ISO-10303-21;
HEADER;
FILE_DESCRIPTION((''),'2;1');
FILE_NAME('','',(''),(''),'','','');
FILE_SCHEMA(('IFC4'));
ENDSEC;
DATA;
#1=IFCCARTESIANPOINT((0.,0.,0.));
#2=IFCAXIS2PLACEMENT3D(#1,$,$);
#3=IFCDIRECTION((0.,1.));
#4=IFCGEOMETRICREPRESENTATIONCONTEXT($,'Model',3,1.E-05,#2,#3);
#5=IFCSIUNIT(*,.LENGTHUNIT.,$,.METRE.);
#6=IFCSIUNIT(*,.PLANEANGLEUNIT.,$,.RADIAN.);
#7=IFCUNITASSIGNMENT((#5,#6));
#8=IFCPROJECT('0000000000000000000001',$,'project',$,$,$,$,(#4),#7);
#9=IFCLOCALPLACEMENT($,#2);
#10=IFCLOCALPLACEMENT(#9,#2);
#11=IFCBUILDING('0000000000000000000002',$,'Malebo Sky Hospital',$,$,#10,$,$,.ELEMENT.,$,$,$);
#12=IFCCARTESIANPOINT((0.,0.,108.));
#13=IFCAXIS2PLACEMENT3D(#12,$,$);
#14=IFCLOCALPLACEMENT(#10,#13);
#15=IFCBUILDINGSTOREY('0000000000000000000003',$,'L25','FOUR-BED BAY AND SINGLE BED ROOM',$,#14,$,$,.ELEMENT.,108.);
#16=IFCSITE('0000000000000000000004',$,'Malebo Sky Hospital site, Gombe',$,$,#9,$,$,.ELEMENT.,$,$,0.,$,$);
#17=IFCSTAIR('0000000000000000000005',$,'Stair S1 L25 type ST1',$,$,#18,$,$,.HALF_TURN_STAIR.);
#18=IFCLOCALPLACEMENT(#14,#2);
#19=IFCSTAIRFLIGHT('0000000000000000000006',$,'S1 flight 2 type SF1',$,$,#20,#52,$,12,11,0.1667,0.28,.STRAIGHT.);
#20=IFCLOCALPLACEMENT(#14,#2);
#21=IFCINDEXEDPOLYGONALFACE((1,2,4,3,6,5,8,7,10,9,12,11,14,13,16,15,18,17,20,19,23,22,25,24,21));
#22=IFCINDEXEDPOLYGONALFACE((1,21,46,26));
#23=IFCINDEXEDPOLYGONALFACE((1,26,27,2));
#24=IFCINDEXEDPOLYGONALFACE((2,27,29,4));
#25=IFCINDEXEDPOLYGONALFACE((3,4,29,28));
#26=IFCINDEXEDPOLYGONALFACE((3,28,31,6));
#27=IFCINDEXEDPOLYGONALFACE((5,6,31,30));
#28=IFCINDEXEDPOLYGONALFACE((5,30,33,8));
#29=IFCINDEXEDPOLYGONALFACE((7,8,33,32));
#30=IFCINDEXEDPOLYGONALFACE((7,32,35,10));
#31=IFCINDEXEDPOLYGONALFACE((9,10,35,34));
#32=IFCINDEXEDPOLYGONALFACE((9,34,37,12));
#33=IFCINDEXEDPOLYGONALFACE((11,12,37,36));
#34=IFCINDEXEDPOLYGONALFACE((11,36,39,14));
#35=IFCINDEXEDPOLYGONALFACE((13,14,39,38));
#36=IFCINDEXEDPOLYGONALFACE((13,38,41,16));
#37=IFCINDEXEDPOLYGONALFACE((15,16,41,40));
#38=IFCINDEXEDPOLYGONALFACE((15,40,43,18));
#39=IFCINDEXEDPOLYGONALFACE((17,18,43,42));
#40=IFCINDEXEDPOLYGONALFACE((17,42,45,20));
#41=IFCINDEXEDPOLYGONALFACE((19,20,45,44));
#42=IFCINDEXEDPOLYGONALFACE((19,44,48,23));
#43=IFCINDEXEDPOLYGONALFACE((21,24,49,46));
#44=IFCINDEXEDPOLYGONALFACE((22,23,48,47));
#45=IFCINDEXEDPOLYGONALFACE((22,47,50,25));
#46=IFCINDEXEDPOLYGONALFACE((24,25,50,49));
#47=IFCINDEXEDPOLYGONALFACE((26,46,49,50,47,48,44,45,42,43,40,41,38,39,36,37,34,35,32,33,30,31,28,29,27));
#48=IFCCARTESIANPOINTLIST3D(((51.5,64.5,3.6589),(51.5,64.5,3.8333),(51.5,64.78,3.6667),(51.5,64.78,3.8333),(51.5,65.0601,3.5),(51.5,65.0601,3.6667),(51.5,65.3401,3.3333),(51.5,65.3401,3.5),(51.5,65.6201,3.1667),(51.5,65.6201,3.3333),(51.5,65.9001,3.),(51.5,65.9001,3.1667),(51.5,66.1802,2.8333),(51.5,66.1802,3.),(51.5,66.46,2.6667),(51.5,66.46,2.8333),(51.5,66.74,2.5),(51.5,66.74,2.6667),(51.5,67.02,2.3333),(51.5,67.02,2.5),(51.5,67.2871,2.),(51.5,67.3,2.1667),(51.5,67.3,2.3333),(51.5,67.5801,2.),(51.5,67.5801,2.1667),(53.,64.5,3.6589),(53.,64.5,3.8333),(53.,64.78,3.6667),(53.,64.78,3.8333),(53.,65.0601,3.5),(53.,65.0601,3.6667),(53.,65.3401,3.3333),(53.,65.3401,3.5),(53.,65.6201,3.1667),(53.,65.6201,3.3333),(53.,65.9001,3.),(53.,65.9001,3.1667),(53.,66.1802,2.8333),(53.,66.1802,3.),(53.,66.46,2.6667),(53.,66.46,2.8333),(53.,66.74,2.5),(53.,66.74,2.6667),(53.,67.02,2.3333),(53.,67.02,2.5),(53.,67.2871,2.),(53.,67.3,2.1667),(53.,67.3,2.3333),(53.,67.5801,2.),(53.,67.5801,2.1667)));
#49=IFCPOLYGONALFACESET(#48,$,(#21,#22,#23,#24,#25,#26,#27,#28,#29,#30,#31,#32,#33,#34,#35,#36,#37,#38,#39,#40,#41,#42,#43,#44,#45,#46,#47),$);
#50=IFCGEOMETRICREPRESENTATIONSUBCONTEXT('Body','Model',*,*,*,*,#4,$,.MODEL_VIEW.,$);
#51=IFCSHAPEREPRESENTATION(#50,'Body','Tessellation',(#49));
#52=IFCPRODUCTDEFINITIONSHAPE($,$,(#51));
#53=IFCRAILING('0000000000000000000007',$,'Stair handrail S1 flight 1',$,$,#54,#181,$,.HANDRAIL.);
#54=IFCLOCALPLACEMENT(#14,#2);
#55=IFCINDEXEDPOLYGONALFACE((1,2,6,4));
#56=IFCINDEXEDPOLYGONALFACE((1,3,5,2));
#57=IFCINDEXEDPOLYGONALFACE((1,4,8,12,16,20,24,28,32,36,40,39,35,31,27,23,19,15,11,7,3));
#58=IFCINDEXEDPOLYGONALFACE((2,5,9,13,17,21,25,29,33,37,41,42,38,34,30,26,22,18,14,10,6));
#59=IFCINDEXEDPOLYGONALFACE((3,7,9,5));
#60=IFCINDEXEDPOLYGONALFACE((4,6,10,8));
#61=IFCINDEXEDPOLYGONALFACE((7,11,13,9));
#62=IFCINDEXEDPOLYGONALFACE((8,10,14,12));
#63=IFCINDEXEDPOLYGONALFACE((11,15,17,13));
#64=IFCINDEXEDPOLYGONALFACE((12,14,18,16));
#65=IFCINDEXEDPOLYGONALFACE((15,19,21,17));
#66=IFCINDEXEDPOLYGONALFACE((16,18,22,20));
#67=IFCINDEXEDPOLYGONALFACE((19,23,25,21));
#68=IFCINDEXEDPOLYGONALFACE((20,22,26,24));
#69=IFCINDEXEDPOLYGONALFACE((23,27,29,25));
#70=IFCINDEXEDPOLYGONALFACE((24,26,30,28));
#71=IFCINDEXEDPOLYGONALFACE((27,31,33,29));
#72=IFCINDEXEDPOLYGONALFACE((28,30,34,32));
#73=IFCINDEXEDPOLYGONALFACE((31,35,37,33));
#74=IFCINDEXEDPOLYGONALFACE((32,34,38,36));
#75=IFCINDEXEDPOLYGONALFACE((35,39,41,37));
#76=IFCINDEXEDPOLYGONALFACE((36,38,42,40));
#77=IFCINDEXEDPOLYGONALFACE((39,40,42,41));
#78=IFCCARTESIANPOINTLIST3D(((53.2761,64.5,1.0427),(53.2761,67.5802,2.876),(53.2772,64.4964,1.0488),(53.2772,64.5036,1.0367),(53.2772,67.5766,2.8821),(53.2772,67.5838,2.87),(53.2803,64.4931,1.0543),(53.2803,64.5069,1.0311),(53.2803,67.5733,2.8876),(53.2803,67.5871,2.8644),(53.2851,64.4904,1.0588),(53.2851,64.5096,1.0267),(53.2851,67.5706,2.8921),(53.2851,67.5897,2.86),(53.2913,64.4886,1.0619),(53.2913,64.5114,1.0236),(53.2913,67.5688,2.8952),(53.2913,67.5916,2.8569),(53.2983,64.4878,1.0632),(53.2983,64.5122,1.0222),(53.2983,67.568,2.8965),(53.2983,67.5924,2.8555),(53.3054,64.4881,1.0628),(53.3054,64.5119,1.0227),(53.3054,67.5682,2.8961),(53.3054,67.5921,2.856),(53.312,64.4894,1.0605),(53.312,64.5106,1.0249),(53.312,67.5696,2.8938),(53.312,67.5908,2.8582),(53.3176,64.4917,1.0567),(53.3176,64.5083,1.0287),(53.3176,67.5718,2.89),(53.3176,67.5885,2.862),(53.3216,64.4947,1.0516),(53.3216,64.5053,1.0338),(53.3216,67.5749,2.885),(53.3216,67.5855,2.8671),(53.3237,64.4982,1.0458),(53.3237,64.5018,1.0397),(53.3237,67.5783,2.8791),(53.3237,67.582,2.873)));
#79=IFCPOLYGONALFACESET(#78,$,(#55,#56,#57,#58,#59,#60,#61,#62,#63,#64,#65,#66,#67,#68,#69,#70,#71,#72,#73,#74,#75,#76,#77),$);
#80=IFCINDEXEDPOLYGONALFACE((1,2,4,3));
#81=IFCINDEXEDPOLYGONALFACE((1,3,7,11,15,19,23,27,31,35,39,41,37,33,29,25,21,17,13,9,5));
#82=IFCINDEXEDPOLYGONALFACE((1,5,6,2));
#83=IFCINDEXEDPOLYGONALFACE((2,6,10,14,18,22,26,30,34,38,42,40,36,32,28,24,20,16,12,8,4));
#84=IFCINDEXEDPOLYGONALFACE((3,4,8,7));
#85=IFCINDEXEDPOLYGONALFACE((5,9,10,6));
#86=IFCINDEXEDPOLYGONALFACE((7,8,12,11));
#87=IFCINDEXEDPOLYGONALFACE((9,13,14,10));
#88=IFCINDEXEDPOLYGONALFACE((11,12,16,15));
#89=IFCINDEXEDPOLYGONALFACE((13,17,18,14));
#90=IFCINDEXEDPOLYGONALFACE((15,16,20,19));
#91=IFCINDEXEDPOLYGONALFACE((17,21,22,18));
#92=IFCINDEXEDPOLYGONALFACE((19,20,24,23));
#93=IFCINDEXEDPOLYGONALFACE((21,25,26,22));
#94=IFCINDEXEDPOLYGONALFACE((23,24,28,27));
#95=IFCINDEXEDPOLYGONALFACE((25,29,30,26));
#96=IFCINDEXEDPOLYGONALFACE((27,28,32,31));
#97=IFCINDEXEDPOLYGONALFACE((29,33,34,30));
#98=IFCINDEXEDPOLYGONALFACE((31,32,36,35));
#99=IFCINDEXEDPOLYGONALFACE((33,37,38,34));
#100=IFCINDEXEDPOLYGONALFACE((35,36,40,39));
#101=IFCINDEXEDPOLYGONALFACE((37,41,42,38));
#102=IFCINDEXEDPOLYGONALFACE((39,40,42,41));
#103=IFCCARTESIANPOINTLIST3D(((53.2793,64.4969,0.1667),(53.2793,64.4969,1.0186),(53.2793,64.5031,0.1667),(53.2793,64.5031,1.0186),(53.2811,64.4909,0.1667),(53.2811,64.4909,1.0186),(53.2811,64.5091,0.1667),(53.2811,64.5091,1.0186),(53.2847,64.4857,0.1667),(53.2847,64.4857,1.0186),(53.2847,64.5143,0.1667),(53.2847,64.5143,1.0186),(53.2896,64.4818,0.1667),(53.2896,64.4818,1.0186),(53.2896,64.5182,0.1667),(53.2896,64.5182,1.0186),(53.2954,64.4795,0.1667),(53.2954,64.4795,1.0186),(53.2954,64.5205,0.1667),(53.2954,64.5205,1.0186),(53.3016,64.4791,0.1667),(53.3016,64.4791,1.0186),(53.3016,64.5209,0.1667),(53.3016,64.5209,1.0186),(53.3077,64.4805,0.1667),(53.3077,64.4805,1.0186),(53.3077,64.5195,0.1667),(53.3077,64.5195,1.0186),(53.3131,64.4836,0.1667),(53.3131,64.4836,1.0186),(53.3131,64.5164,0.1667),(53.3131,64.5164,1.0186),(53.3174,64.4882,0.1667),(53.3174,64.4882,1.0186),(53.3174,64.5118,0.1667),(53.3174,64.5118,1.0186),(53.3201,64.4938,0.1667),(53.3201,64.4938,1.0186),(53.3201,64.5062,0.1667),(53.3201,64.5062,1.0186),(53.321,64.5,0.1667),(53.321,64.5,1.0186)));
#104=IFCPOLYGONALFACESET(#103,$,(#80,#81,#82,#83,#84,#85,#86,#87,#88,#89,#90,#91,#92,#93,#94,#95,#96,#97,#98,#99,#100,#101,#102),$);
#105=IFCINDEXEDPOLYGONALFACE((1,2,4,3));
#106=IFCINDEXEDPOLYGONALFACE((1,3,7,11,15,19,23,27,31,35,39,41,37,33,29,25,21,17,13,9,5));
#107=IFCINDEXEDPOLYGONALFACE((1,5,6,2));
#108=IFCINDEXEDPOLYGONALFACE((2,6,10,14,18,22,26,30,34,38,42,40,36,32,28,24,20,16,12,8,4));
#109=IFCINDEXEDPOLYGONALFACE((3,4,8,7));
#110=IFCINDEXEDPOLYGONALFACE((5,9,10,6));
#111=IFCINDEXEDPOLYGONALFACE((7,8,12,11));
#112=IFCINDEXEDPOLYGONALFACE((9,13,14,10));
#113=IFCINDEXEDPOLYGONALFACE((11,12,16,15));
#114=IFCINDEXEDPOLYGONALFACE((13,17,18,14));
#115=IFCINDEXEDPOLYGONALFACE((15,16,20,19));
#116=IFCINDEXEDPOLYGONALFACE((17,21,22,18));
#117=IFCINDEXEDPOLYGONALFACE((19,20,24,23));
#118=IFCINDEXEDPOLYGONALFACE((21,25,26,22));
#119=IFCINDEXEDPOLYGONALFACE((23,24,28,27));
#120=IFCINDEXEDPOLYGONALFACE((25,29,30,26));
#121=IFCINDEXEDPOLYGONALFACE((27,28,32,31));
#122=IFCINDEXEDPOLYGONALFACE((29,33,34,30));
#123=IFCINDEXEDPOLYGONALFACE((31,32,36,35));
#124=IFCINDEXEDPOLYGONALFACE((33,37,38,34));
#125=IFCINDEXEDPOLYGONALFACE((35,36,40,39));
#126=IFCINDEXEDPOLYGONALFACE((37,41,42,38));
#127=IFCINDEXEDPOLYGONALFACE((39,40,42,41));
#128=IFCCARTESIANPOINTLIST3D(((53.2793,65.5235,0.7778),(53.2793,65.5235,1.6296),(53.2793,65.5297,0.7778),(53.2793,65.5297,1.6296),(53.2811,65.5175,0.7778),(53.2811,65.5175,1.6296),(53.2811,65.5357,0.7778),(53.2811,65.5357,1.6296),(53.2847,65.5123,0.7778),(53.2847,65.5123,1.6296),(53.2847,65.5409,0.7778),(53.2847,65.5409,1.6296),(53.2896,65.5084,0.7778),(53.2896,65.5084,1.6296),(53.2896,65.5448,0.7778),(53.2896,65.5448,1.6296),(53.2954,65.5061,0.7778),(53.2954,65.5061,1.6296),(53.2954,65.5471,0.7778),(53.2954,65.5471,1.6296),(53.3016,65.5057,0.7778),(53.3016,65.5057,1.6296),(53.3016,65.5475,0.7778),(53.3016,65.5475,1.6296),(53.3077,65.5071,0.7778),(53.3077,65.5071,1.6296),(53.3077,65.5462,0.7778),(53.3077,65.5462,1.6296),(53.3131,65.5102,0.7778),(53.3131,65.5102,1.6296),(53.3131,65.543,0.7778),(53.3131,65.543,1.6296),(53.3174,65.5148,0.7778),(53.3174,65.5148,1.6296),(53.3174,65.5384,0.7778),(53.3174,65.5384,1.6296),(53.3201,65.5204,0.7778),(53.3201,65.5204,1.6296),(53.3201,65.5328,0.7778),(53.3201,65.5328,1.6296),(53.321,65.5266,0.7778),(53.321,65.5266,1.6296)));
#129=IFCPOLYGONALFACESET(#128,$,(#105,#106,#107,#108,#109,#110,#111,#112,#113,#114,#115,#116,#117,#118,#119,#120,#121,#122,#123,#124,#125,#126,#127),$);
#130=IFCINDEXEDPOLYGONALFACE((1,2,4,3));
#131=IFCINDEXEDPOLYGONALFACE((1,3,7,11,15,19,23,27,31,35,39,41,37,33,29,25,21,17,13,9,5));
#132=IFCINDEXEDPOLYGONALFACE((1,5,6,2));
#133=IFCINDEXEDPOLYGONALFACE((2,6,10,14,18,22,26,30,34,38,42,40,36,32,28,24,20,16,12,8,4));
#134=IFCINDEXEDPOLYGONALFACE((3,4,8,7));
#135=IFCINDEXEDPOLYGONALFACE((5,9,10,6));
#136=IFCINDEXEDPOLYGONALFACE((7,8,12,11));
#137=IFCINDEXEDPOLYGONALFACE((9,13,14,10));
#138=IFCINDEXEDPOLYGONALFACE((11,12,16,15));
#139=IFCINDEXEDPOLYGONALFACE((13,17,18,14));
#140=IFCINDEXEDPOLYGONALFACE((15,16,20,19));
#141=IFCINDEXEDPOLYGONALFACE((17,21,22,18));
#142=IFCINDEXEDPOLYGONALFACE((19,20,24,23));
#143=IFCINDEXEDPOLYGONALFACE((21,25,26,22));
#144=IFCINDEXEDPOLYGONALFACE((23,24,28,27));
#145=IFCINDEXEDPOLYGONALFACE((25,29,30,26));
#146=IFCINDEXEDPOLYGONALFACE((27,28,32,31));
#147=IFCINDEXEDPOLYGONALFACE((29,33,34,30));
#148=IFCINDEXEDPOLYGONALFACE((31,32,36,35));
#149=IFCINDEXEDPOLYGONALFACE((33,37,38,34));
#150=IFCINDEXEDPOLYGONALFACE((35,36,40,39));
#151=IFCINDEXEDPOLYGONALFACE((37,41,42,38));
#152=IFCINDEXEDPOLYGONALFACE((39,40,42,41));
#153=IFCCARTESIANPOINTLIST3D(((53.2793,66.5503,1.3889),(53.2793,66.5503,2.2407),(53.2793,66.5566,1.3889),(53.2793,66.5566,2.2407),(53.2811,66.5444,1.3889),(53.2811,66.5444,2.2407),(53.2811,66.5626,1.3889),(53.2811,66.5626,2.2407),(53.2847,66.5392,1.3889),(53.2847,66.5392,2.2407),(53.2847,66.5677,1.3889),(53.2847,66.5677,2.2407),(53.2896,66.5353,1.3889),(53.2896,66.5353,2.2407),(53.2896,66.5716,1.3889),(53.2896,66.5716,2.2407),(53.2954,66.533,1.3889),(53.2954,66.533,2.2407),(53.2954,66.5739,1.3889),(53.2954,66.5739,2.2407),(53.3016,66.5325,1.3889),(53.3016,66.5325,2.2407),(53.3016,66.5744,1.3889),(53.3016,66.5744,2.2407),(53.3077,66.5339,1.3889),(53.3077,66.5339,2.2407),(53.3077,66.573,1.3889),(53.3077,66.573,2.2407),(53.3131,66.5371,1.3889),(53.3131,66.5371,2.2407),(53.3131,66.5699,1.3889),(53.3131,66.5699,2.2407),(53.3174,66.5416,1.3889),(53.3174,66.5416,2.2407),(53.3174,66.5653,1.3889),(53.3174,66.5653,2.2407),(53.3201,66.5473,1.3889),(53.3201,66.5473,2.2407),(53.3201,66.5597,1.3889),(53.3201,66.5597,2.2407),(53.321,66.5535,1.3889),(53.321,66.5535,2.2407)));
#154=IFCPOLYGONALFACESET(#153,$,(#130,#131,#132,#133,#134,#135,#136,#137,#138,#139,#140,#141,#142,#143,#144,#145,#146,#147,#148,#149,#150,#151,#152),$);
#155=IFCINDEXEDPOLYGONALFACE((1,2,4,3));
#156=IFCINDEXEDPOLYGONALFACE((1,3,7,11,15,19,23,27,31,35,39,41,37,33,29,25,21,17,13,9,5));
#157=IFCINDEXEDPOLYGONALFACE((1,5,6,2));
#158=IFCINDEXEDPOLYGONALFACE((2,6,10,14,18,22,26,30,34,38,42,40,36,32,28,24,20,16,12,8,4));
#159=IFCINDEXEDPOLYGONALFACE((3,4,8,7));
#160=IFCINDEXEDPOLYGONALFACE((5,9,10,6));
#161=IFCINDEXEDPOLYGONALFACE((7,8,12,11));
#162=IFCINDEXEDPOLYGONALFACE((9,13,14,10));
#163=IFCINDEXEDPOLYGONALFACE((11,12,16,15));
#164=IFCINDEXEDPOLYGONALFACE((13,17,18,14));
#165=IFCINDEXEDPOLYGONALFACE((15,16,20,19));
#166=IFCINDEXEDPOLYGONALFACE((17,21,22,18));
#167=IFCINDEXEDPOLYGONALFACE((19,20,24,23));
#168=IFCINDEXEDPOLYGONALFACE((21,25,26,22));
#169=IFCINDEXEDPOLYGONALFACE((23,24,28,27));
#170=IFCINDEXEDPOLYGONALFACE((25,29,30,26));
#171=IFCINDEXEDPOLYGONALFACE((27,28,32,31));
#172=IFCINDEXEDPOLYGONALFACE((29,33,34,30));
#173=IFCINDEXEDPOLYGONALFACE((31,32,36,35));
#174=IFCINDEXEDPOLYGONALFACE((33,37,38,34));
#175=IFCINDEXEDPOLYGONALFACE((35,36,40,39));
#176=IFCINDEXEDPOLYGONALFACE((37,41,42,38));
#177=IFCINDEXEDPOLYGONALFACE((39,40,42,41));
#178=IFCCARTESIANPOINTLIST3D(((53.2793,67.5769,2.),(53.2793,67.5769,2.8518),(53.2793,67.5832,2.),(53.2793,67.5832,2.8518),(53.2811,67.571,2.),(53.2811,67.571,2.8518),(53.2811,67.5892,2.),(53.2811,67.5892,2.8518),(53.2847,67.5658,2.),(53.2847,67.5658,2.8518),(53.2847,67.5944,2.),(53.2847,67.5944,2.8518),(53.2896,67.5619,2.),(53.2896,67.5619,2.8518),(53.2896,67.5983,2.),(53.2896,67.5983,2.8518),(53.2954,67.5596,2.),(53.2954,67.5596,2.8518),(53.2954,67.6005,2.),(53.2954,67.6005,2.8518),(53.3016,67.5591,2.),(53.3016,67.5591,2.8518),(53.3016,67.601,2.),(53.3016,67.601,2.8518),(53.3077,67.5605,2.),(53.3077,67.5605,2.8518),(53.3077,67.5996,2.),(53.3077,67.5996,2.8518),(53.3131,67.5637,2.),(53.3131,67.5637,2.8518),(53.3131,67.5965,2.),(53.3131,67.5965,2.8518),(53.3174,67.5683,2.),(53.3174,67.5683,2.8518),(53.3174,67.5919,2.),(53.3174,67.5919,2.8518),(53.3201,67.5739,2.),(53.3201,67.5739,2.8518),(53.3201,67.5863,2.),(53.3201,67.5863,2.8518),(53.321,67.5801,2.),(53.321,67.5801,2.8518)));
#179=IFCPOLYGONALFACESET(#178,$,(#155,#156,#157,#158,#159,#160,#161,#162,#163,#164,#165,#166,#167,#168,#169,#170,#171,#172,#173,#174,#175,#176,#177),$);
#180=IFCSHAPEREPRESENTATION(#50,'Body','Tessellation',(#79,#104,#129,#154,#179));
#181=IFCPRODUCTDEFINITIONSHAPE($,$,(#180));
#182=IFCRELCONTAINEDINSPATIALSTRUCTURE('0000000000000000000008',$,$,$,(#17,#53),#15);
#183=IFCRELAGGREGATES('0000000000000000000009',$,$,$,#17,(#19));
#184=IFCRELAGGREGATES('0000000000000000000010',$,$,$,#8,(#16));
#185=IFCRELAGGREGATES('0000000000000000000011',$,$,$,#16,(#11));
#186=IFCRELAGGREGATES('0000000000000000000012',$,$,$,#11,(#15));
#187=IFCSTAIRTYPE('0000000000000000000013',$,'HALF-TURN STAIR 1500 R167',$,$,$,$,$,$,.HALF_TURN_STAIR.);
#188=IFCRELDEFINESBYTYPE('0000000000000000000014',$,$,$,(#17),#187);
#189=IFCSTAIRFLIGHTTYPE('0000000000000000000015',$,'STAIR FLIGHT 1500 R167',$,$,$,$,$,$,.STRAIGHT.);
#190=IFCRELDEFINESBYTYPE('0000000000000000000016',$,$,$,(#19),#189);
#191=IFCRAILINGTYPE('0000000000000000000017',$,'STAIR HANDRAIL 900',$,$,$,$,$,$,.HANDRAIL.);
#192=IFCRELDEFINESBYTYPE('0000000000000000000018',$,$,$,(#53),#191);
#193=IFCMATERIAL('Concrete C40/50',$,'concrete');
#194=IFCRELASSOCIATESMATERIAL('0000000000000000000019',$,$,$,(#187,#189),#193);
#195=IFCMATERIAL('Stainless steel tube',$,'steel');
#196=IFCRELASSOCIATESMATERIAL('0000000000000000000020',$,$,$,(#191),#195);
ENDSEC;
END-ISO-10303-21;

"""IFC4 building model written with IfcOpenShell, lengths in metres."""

from ifc_helpers import new_model, si_unit, direction, frame, origin, origin_2d, place, context, subcontext, project, spatial, polyline, circle, outline, extrude, material, type_object, element, aggregate, save


model = new_model("IFC4")

# Units and contexts
model_context = context("Model", 3, precision=1e-05, world=origin(), true_north=direction((0.0, 1.0)))
body_context = subcontext(model_context, "Body", "Model", "MODEL_VIEW")
ifc_project = project(units=[si_unit("LENGTHUNIT", "METRE"), si_unit("PLANEANGLEUNIT", "RADIAN")], contexts=[model_context])

# Site, building, storey
site_placement = place(None, origin())
site = spatial("IfcSite", under=ifc_project, at=site_placement, Name="Malebo Sky Hospital site, Gombe", CompositionType="ELEMENT", RefElevation=0.0)
building_placement = place(site_placement, origin())
building = spatial("IfcBuilding", under=site, at=building_placement, Name="Malebo Sky Hospital", CompositionType="ELEMENT")
storey_placement = place(building_placement, frame((0.0, 0.0, 108.0)))
storey = spatial("IfcBuildingStorey", under=building, at=storey_placement, Name="L25", Description="FOUR-BED BAY AND SINGLE BED ROOM", CompositionType="ELEMENT", Elevation=108.0)

# Stair, stair flight
ifc_material_1 = material(Name="Concrete C40/50", Category="concrete")
stair_type = type_object("IfcStairType", Name="HALF-TURN STAIR 1500 R167", PredefinedType="HALF_TURN_STAIR", material=ifc_material_1)
stair_placement = place(storey_placement, origin())
stair = element("IfcStair", 1, at=stair_placement, inside=storey, type_object=stair_type, Name="Stair S1 L25 type ST1", PredefinedType="HALF_TURN_STAIR")
stair_flight_type = type_object("IfcStairFlightType", Name="STAIR FLIGHT 1500 R167", PredefinedType="STRAIGHT", material=ifc_material_1)
stair_flight_1_placement = place(storey_placement, frame((52.25, 67.5801, 2.0), z_axis=(0.0, 0.0, 1.0), x_axis=(0.0, -1.0, 0.0)))
stair_flight_1 = element("IfcStairFlight", 2, at=stair_flight_1_placement, type_object=stair_flight_type, Name="S1 flight 2 type SF1", NumberOfRisers=12, NumberOfTreads=11, PredefinedType="STRAIGHT", RiserHeight=0.1667, TreadLength=0.28, context=body_context, shape_type="SweptSolid", body=[
    extrude(outline(polyline([(0.0, 0.0), (0.0, 0.1667), (0.28, 0.1667), (0.28, 0.3333), (0.5601, 0.3333), (0.5601, 0.5), (0.8401, 0.5), (0.8401, 0.6667), (1.1201, 0.6667), (1.1201, 0.8333), (1.3999, 0.8333), (1.3999, 1.0), (1.6799, 1.0), (1.6799, 1.1667), (1.96, 1.1667), (1.96, 1.3333), (2.24, 1.3333), (2.24, 1.5), (2.52, 1.5), (2.52, 1.6667), (2.8, 1.6667), (2.8, 1.8333), (3.0801, 1.8333), (3.0801, 2.0), (3.0801, 1.6589), (0.293, 0.0), (0.0, 0.0)])), frame((0.0, 0.75, 0.0), z_axis=(0.0, -1.0, 0.0), x_axis=(1.0, 0.0, 0.0)), (0.0, 0.0, 1.0), 1.5),
])
aggregate(stair, [stair_flight_1])

# Railing
ifc_material_2 = material(Name="Stainless steel tube", Category="steel")
railing_type = type_object("IfcRailingType", Name="STAIR HANDRAIL 900", PredefinedType="HANDRAIL", material=ifc_material_2)
railing_1_placement = place(storey_placement, frame((53.3, 64.5, 0.1667)))
element("IfcRailing", 3, at=railing_1_placement, inside=storey, type_object=railing_type, Name="Stair handrail S1 flight 1", PredefinedType="HANDRAIL", context=body_context, shape_type="SweptSolid", body=[
    extrude(circle(Radius=0.0239, at=origin_2d()), frame((0.0, 0.0, 0.876), z_axis=(0.0, 0.859309, 0.511458), x_axis=(-1.0, 0.0, 0.0)), (0.0, 0.0, 1.0), 3.5845),
    extrude(circle(Radius=0.021, at=origin_2d()), origin(), (0.0, 0.0, 1.0), 0.8518),
    extrude(circle(Radius=0.021, at=origin_2d()), frame((0.0, 1.0266, 0.6111)), (0.0, 0.0, 1.0), 0.8518),
    extrude(circle(Radius=0.021, at=origin_2d()), frame((0.0, 2.0535, 1.2222)), (0.0, 0.0, 1.0), 0.8518),
    extrude(circle(Radius=0.021, at=origin_2d()), frame((0.0, 3.0801, 1.8333)), (0.0, 0.0, 1.0), 0.8518),
])

save(model, "model.ifc")
